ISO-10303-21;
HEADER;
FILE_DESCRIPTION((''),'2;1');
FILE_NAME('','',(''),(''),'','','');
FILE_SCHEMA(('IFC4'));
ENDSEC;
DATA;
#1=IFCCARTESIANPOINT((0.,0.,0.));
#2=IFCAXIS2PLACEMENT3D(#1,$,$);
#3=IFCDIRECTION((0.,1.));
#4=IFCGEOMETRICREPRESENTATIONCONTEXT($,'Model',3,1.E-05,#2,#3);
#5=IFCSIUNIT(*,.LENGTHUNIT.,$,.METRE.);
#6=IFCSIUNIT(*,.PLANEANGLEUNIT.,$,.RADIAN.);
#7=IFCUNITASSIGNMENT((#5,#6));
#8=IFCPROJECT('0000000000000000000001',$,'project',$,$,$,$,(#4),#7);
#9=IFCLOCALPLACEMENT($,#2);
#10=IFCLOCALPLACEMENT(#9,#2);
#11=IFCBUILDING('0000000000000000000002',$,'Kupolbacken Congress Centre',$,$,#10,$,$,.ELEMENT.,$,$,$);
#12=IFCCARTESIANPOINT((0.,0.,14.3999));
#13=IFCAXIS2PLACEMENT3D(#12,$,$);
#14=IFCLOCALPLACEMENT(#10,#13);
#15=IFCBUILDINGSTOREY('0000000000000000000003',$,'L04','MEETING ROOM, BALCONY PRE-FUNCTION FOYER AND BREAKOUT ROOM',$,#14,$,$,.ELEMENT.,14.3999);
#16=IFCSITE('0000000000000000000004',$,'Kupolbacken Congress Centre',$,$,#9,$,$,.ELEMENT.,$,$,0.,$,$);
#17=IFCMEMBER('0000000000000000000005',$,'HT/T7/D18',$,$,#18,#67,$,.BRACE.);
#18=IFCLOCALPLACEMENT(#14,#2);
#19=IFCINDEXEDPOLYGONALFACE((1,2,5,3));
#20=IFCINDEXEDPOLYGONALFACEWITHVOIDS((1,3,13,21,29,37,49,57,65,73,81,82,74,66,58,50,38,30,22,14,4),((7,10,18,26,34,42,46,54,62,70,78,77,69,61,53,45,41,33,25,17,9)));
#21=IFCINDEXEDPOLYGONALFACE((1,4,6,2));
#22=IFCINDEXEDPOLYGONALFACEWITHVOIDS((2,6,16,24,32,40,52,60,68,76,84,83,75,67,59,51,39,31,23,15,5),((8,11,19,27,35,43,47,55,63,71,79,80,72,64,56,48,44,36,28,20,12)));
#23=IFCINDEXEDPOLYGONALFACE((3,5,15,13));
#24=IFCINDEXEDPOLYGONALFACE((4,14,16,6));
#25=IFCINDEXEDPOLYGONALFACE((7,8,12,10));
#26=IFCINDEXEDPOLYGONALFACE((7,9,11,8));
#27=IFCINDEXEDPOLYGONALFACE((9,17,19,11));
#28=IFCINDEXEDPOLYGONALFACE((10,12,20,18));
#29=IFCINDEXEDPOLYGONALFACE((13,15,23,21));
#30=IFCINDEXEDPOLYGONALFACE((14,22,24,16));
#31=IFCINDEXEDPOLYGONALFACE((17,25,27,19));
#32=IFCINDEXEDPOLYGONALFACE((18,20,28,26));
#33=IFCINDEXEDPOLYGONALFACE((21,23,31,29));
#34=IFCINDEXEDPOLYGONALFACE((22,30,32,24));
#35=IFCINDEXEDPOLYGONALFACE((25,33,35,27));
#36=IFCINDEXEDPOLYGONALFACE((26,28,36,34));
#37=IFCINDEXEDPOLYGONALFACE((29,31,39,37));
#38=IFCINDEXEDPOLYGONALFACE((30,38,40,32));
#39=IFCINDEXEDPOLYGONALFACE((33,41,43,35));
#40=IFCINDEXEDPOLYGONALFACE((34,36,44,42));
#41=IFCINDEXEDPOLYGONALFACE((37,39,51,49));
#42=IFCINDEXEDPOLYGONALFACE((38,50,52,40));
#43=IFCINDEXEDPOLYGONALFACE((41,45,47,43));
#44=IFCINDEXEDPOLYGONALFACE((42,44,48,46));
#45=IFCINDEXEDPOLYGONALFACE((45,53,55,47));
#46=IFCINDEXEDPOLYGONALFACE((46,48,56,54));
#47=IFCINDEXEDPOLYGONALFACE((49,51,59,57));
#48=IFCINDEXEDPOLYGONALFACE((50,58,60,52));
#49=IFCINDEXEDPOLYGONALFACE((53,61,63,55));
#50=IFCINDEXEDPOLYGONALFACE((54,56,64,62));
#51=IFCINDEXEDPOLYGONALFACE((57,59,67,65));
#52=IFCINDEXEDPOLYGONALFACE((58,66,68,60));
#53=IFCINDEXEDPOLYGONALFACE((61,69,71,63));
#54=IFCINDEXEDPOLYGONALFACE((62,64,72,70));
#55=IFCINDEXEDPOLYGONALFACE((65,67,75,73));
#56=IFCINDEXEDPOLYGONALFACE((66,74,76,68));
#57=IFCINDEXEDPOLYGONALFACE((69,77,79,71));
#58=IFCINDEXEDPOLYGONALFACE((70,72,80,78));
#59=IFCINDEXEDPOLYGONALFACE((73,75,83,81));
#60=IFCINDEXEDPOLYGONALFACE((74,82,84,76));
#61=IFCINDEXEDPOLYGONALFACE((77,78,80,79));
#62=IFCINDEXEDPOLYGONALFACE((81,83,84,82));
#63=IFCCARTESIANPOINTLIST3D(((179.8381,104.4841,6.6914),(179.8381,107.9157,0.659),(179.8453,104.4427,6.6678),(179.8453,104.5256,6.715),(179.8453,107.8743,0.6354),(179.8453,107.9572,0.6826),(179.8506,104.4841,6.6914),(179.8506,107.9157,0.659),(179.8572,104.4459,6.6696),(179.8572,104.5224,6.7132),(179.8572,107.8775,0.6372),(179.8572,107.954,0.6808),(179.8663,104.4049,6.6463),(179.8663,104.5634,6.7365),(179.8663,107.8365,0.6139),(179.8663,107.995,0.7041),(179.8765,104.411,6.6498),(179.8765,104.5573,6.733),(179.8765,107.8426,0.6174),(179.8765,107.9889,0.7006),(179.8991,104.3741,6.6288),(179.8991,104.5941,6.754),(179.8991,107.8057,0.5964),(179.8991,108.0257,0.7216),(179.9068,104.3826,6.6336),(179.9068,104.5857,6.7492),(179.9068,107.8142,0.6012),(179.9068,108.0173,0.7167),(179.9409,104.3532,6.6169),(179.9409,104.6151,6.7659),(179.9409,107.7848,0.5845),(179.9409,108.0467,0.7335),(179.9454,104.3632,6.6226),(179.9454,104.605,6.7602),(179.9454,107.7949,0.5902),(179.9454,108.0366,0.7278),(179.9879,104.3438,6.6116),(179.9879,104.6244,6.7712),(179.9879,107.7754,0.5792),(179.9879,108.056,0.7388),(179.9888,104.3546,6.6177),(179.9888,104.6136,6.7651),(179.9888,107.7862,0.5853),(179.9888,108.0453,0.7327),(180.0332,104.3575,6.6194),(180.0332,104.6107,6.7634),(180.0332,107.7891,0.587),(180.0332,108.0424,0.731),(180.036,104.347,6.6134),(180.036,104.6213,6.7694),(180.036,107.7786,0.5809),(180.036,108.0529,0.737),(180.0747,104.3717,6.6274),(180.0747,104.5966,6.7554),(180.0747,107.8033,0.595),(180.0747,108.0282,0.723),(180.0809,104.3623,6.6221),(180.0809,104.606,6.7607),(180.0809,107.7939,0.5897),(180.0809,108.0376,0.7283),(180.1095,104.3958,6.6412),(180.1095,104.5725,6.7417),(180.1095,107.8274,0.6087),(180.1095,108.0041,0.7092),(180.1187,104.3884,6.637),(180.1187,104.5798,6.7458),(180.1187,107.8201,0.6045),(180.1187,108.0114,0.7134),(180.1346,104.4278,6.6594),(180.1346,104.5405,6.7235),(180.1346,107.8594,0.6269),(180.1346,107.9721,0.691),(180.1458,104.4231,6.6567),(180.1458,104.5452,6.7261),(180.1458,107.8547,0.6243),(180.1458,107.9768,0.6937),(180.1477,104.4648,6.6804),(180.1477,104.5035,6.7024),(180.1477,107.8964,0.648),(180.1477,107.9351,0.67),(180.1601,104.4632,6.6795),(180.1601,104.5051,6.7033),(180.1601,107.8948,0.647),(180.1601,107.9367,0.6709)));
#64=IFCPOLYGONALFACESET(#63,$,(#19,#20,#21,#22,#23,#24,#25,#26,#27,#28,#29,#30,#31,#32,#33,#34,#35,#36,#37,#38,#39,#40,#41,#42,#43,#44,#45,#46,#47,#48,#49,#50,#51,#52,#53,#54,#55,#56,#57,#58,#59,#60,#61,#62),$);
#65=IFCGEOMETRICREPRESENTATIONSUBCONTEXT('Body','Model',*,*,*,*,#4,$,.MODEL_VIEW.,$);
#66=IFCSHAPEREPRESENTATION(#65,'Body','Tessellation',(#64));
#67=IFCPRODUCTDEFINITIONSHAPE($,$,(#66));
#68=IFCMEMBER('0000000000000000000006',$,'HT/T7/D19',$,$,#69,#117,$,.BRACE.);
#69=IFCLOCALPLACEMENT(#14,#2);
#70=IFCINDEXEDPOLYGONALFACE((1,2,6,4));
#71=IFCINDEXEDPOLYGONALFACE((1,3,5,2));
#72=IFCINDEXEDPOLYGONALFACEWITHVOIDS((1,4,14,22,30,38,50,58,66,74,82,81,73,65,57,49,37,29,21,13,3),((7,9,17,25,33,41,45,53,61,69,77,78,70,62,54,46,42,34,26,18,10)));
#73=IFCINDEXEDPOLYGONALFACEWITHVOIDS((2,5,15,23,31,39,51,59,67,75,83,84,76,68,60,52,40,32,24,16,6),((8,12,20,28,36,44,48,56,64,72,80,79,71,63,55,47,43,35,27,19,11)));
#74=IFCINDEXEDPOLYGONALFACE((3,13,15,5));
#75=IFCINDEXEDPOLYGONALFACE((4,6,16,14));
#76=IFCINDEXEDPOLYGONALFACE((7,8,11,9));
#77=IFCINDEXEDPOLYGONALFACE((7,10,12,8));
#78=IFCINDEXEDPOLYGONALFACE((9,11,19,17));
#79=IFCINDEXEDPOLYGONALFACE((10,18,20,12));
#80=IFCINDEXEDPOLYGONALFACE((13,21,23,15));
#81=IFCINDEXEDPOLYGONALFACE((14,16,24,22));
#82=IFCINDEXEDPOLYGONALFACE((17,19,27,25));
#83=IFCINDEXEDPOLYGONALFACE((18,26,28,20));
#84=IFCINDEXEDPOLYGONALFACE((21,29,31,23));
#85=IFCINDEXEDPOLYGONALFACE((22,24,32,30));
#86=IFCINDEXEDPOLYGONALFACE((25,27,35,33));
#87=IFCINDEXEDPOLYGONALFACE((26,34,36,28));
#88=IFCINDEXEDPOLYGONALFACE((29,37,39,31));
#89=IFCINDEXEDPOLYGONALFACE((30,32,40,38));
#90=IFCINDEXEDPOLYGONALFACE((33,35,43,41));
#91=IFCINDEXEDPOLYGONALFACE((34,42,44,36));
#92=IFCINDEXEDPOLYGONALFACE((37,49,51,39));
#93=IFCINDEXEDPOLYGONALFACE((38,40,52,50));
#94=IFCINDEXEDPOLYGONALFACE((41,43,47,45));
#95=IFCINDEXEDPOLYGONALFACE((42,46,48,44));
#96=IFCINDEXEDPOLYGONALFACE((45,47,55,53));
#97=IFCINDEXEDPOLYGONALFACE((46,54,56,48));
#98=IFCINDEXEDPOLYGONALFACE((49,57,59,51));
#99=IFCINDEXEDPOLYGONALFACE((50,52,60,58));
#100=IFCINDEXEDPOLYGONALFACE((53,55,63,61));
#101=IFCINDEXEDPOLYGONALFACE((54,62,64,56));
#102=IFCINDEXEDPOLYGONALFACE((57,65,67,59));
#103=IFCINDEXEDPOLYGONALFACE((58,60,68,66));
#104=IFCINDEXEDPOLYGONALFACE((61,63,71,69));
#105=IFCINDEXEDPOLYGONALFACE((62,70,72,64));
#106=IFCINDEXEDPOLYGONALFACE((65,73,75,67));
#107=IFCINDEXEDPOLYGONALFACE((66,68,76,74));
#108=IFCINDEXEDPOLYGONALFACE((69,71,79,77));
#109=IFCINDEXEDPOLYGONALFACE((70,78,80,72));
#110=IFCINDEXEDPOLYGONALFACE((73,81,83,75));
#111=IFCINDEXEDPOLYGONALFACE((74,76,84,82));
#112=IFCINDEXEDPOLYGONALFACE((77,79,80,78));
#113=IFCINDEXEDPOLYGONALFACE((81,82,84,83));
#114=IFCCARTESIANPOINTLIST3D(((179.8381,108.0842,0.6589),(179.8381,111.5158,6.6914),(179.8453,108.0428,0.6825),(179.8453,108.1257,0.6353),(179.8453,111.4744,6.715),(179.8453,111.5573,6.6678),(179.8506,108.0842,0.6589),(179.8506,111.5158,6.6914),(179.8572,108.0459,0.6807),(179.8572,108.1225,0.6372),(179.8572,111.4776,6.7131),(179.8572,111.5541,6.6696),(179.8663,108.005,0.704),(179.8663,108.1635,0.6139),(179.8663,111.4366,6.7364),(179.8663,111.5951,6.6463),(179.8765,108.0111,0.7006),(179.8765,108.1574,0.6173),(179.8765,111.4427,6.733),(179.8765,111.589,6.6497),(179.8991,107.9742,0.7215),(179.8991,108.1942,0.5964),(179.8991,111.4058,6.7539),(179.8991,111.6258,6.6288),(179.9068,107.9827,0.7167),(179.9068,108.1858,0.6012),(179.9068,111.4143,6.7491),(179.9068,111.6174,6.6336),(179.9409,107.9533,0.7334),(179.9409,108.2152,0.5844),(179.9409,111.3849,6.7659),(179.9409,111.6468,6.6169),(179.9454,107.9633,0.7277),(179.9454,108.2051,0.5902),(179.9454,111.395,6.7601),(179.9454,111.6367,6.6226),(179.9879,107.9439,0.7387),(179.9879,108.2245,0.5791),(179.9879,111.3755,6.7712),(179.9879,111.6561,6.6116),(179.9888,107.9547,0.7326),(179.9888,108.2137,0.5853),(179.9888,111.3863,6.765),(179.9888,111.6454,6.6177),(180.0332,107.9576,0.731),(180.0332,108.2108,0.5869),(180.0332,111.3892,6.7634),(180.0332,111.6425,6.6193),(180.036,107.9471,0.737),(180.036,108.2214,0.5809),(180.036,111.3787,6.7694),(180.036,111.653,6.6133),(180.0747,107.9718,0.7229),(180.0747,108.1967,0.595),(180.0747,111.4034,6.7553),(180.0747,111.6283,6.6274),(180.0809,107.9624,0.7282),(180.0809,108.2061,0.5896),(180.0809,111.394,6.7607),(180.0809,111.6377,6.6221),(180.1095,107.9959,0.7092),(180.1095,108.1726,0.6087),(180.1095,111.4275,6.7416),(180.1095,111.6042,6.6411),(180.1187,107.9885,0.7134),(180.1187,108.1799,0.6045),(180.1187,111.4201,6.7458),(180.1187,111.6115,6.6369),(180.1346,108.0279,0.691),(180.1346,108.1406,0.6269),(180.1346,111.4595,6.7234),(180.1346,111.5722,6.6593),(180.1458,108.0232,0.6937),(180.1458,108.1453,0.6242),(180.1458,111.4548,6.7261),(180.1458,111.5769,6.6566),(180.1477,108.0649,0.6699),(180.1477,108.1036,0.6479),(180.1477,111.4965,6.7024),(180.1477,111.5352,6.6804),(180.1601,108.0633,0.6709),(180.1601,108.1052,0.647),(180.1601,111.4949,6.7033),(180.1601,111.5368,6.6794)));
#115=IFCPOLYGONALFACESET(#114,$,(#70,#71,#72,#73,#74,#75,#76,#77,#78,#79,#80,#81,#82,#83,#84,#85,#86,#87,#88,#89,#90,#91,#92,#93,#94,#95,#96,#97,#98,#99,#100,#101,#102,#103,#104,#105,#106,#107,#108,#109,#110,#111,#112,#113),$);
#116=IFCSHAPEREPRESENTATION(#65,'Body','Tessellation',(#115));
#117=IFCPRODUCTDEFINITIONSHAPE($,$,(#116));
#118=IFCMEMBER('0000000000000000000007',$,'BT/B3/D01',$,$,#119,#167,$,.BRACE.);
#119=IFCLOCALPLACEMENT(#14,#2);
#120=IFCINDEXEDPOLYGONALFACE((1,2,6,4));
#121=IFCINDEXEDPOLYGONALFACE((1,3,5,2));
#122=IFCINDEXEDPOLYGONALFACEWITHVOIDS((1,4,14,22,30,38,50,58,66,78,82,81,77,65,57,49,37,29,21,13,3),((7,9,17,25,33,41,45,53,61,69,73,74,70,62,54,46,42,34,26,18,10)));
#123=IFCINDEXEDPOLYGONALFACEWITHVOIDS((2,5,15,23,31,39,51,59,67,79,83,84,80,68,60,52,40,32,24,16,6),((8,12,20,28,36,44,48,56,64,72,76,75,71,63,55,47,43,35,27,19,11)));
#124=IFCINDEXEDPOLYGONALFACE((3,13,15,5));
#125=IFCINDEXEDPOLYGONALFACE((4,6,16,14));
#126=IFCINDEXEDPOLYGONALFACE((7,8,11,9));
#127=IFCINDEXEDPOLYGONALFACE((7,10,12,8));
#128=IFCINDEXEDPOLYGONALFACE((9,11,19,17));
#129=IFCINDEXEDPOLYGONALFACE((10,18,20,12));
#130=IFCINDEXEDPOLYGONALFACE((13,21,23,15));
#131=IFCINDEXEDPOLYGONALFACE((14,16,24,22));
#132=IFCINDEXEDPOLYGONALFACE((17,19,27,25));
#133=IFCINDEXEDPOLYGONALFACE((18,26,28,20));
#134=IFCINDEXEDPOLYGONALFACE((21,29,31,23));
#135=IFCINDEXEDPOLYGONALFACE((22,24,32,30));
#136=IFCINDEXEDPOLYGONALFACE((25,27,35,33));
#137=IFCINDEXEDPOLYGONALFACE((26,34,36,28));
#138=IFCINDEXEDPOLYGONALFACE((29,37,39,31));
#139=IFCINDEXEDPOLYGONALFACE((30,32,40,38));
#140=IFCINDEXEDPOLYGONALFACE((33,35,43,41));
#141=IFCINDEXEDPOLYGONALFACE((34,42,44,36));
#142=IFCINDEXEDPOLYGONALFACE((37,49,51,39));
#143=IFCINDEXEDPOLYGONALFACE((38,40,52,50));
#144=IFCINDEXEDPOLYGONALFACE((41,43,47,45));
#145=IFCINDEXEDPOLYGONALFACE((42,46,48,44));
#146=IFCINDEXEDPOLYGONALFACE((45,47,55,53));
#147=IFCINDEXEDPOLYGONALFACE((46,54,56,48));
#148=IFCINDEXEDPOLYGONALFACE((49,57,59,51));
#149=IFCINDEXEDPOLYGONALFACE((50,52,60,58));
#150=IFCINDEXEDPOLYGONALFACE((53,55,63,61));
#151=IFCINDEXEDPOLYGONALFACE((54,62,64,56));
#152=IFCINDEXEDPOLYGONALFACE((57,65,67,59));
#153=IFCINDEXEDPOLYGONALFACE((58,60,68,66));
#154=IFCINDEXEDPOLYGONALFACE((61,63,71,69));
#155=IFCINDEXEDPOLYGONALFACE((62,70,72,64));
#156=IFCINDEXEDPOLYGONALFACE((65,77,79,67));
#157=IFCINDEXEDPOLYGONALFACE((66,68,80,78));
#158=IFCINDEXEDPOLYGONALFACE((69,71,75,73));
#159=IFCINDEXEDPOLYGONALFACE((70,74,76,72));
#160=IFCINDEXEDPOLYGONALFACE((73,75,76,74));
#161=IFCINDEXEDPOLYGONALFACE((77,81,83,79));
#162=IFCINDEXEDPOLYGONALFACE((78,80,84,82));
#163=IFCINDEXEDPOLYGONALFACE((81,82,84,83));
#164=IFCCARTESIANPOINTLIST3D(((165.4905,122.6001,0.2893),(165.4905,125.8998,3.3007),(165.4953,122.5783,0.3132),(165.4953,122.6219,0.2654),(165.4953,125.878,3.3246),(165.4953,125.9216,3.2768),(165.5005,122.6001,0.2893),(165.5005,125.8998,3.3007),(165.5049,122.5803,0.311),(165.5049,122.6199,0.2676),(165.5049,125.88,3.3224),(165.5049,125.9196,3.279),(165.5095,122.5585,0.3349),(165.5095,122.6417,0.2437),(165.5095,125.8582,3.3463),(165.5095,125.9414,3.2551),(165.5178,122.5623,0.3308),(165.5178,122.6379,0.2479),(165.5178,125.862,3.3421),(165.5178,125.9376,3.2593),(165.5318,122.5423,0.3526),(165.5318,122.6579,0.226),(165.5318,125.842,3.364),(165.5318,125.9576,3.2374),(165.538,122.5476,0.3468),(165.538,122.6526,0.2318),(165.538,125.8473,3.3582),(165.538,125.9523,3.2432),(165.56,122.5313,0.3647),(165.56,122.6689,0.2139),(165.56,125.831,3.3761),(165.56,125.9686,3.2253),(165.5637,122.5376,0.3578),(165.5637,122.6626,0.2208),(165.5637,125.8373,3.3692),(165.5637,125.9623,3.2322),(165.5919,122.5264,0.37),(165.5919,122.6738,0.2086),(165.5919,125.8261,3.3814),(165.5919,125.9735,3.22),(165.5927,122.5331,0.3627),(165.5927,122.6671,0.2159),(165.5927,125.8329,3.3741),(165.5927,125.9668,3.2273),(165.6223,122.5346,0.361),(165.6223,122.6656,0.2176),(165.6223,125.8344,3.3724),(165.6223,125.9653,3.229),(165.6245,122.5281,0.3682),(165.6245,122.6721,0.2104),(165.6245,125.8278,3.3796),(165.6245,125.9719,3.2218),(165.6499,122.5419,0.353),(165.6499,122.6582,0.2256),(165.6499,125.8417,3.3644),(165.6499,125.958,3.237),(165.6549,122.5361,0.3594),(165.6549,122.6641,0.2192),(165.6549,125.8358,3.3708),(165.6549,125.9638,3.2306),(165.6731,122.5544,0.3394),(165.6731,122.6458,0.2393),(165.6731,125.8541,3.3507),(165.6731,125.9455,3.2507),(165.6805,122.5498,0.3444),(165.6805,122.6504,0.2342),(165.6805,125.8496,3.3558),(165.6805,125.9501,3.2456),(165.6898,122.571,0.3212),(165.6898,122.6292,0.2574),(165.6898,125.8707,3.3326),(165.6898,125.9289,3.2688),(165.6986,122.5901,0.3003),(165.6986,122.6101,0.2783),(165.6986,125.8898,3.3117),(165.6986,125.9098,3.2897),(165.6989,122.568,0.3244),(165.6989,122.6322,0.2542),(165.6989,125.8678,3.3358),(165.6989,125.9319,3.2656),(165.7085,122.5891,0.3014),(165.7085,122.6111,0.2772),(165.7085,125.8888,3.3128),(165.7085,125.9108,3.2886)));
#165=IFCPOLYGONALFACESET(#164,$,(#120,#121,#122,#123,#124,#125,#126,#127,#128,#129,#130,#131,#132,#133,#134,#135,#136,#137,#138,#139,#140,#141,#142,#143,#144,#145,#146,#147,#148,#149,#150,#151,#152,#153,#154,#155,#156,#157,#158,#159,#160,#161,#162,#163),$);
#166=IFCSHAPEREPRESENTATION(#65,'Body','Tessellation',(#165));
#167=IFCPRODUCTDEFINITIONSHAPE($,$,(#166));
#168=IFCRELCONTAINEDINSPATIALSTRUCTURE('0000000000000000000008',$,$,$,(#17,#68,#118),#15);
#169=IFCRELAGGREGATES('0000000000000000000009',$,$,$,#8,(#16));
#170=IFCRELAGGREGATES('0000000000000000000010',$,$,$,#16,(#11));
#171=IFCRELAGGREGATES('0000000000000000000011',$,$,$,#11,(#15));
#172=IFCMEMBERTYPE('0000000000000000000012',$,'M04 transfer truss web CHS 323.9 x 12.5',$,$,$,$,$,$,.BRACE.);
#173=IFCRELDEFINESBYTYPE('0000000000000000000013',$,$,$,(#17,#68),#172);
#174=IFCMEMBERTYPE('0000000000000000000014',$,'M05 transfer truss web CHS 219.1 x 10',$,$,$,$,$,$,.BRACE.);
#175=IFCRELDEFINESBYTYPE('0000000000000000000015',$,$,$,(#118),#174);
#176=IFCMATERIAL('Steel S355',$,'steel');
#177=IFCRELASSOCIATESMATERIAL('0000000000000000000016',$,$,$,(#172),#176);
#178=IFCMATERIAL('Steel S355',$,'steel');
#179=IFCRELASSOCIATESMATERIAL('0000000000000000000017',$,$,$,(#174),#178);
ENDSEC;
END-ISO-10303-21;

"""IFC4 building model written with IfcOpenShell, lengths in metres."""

from ifc_helpers import new_model, si_unit, direction, frame, origin, origin_2d, place, context, subcontext, project, spatial, hollow_circle, extrude, material, material_profile, profile_set, type_object, element, save


model = new_model("IFC4")

# Units and contexts
model_context = context("Model", 3, precision=1e-05, world=origin(), true_north=direction((0.0, 1.0)))
body_context = subcontext(model_context, "Body", "Model", "MODEL_VIEW")
ifc_project = project(units=[si_unit("LENGTHUNIT", "METRE"), si_unit("PLANEANGLEUNIT", "RADIAN")], contexts=[model_context])

# Site, building, storey
site_placement = place(None, origin())
site = spatial("IfcSite", under=ifc_project, at=site_placement, Name="Kupolbacken Congress Centre", CompositionType="ELEMENT", RefElevation=0.0)
building_placement = place(site_placement, origin())
building = spatial("IfcBuilding", under=site, at=building_placement, Name="Kupolbacken Congress Centre", CompositionType="ELEMENT")
storey_placement = place(building_placement, frame((0.0, 0.0, 14.3999)))
storey = spatial("IfcBuildingStorey", under=building, at=storey_placement, Name="L04", Description="MEETING ROOM, BALCONY PRE-FUNCTION FOYER AND BREAKOUT ROOM", CompositionType="ELEMENT", Elevation=14.3999)

# Members
ifc_material_1 = material(Name="Steel S355", Category="steel")
ifc_material_profile_1 = material_profile(ifc_material_1, hollow_circle(Radius=0.1619, WallThickness=0.0125, at=origin_2d()), Name="CHS 323.9 x 12.5")
ifc_profile_set_1 = profile_set([ifc_material_profile_1], Name="Steel S355")
member_type_1 = type_object("IfcMemberType", Name="M04 transfer truss web CHS 323.9 x 12.5", PredefinedType="BRACE", material=ifc_profile_set_1)
for number, where, z_axis, x_axis, name in (
    (1, (180.0, 104.4841, 6.6914), (0.0, 0.494456, -0.869203), (-1.0, 0.0, 0.0), "HT/T7/D18"),
    (2, (180.0, 108.0842, 0.6589), (0.0, 0.494456, 0.869203), (-1.0, 0.0, 0.0), "HT/T7/D19"),
):
    element("IfcMember", number, at=place(storey_placement, frame(where, z_axis=z_axis, x_axis=x_axis)), inside=storey, type_object=member_type_1, Name=name, PredefinedType="BRACE", context=body_context, shape_type="SweptSolid", body=[
        extrude(hollow_circle(Radius=0.1619, WallThickness=0.0125, at=origin_2d()), origin(), (0.0, 0.0, 1.0), 6.9402),
    ])
ifc_material_2 = material(Name="Steel S355", Category="steel")
ifc_material_profile_2 = material_profile(ifc_material_2, hollow_circle(Radius=0.1096, WallThickness=0.01, at=origin_2d()), Name="CHS 219.1 x 10")
ifc_profile_set_2 = profile_set([ifc_material_profile_2], Name="Steel S355")
member_type_2 = type_object("IfcMemberType", Name="M05 transfer truss web CHS 219.1 x 10", PredefinedType="BRACE", material=ifc_profile_set_2)
for number, where, z_axis, x_axis, name in (
    (3, (165.6001, 122.6001, 0.2893), (0.0, 0.73864, 0.6741), (-1.0, 0.0, 0.0), "BT/B3/D01"),
):
    element("IfcMember", number, at=place(storey_placement, frame(where, z_axis=z_axis, x_axis=x_axis)), inside=storey, type_object=member_type_2, Name=name, PredefinedType="BRACE", context=body_context, shape_type="SweptSolid", body=[
        extrude(hollow_circle(Radius=0.1096, WallThickness=0.01, at=origin_2d()), origin(), (0.0, 0.0, 1.0), 4.4673),
    ])

save(model, "model.ifc")
